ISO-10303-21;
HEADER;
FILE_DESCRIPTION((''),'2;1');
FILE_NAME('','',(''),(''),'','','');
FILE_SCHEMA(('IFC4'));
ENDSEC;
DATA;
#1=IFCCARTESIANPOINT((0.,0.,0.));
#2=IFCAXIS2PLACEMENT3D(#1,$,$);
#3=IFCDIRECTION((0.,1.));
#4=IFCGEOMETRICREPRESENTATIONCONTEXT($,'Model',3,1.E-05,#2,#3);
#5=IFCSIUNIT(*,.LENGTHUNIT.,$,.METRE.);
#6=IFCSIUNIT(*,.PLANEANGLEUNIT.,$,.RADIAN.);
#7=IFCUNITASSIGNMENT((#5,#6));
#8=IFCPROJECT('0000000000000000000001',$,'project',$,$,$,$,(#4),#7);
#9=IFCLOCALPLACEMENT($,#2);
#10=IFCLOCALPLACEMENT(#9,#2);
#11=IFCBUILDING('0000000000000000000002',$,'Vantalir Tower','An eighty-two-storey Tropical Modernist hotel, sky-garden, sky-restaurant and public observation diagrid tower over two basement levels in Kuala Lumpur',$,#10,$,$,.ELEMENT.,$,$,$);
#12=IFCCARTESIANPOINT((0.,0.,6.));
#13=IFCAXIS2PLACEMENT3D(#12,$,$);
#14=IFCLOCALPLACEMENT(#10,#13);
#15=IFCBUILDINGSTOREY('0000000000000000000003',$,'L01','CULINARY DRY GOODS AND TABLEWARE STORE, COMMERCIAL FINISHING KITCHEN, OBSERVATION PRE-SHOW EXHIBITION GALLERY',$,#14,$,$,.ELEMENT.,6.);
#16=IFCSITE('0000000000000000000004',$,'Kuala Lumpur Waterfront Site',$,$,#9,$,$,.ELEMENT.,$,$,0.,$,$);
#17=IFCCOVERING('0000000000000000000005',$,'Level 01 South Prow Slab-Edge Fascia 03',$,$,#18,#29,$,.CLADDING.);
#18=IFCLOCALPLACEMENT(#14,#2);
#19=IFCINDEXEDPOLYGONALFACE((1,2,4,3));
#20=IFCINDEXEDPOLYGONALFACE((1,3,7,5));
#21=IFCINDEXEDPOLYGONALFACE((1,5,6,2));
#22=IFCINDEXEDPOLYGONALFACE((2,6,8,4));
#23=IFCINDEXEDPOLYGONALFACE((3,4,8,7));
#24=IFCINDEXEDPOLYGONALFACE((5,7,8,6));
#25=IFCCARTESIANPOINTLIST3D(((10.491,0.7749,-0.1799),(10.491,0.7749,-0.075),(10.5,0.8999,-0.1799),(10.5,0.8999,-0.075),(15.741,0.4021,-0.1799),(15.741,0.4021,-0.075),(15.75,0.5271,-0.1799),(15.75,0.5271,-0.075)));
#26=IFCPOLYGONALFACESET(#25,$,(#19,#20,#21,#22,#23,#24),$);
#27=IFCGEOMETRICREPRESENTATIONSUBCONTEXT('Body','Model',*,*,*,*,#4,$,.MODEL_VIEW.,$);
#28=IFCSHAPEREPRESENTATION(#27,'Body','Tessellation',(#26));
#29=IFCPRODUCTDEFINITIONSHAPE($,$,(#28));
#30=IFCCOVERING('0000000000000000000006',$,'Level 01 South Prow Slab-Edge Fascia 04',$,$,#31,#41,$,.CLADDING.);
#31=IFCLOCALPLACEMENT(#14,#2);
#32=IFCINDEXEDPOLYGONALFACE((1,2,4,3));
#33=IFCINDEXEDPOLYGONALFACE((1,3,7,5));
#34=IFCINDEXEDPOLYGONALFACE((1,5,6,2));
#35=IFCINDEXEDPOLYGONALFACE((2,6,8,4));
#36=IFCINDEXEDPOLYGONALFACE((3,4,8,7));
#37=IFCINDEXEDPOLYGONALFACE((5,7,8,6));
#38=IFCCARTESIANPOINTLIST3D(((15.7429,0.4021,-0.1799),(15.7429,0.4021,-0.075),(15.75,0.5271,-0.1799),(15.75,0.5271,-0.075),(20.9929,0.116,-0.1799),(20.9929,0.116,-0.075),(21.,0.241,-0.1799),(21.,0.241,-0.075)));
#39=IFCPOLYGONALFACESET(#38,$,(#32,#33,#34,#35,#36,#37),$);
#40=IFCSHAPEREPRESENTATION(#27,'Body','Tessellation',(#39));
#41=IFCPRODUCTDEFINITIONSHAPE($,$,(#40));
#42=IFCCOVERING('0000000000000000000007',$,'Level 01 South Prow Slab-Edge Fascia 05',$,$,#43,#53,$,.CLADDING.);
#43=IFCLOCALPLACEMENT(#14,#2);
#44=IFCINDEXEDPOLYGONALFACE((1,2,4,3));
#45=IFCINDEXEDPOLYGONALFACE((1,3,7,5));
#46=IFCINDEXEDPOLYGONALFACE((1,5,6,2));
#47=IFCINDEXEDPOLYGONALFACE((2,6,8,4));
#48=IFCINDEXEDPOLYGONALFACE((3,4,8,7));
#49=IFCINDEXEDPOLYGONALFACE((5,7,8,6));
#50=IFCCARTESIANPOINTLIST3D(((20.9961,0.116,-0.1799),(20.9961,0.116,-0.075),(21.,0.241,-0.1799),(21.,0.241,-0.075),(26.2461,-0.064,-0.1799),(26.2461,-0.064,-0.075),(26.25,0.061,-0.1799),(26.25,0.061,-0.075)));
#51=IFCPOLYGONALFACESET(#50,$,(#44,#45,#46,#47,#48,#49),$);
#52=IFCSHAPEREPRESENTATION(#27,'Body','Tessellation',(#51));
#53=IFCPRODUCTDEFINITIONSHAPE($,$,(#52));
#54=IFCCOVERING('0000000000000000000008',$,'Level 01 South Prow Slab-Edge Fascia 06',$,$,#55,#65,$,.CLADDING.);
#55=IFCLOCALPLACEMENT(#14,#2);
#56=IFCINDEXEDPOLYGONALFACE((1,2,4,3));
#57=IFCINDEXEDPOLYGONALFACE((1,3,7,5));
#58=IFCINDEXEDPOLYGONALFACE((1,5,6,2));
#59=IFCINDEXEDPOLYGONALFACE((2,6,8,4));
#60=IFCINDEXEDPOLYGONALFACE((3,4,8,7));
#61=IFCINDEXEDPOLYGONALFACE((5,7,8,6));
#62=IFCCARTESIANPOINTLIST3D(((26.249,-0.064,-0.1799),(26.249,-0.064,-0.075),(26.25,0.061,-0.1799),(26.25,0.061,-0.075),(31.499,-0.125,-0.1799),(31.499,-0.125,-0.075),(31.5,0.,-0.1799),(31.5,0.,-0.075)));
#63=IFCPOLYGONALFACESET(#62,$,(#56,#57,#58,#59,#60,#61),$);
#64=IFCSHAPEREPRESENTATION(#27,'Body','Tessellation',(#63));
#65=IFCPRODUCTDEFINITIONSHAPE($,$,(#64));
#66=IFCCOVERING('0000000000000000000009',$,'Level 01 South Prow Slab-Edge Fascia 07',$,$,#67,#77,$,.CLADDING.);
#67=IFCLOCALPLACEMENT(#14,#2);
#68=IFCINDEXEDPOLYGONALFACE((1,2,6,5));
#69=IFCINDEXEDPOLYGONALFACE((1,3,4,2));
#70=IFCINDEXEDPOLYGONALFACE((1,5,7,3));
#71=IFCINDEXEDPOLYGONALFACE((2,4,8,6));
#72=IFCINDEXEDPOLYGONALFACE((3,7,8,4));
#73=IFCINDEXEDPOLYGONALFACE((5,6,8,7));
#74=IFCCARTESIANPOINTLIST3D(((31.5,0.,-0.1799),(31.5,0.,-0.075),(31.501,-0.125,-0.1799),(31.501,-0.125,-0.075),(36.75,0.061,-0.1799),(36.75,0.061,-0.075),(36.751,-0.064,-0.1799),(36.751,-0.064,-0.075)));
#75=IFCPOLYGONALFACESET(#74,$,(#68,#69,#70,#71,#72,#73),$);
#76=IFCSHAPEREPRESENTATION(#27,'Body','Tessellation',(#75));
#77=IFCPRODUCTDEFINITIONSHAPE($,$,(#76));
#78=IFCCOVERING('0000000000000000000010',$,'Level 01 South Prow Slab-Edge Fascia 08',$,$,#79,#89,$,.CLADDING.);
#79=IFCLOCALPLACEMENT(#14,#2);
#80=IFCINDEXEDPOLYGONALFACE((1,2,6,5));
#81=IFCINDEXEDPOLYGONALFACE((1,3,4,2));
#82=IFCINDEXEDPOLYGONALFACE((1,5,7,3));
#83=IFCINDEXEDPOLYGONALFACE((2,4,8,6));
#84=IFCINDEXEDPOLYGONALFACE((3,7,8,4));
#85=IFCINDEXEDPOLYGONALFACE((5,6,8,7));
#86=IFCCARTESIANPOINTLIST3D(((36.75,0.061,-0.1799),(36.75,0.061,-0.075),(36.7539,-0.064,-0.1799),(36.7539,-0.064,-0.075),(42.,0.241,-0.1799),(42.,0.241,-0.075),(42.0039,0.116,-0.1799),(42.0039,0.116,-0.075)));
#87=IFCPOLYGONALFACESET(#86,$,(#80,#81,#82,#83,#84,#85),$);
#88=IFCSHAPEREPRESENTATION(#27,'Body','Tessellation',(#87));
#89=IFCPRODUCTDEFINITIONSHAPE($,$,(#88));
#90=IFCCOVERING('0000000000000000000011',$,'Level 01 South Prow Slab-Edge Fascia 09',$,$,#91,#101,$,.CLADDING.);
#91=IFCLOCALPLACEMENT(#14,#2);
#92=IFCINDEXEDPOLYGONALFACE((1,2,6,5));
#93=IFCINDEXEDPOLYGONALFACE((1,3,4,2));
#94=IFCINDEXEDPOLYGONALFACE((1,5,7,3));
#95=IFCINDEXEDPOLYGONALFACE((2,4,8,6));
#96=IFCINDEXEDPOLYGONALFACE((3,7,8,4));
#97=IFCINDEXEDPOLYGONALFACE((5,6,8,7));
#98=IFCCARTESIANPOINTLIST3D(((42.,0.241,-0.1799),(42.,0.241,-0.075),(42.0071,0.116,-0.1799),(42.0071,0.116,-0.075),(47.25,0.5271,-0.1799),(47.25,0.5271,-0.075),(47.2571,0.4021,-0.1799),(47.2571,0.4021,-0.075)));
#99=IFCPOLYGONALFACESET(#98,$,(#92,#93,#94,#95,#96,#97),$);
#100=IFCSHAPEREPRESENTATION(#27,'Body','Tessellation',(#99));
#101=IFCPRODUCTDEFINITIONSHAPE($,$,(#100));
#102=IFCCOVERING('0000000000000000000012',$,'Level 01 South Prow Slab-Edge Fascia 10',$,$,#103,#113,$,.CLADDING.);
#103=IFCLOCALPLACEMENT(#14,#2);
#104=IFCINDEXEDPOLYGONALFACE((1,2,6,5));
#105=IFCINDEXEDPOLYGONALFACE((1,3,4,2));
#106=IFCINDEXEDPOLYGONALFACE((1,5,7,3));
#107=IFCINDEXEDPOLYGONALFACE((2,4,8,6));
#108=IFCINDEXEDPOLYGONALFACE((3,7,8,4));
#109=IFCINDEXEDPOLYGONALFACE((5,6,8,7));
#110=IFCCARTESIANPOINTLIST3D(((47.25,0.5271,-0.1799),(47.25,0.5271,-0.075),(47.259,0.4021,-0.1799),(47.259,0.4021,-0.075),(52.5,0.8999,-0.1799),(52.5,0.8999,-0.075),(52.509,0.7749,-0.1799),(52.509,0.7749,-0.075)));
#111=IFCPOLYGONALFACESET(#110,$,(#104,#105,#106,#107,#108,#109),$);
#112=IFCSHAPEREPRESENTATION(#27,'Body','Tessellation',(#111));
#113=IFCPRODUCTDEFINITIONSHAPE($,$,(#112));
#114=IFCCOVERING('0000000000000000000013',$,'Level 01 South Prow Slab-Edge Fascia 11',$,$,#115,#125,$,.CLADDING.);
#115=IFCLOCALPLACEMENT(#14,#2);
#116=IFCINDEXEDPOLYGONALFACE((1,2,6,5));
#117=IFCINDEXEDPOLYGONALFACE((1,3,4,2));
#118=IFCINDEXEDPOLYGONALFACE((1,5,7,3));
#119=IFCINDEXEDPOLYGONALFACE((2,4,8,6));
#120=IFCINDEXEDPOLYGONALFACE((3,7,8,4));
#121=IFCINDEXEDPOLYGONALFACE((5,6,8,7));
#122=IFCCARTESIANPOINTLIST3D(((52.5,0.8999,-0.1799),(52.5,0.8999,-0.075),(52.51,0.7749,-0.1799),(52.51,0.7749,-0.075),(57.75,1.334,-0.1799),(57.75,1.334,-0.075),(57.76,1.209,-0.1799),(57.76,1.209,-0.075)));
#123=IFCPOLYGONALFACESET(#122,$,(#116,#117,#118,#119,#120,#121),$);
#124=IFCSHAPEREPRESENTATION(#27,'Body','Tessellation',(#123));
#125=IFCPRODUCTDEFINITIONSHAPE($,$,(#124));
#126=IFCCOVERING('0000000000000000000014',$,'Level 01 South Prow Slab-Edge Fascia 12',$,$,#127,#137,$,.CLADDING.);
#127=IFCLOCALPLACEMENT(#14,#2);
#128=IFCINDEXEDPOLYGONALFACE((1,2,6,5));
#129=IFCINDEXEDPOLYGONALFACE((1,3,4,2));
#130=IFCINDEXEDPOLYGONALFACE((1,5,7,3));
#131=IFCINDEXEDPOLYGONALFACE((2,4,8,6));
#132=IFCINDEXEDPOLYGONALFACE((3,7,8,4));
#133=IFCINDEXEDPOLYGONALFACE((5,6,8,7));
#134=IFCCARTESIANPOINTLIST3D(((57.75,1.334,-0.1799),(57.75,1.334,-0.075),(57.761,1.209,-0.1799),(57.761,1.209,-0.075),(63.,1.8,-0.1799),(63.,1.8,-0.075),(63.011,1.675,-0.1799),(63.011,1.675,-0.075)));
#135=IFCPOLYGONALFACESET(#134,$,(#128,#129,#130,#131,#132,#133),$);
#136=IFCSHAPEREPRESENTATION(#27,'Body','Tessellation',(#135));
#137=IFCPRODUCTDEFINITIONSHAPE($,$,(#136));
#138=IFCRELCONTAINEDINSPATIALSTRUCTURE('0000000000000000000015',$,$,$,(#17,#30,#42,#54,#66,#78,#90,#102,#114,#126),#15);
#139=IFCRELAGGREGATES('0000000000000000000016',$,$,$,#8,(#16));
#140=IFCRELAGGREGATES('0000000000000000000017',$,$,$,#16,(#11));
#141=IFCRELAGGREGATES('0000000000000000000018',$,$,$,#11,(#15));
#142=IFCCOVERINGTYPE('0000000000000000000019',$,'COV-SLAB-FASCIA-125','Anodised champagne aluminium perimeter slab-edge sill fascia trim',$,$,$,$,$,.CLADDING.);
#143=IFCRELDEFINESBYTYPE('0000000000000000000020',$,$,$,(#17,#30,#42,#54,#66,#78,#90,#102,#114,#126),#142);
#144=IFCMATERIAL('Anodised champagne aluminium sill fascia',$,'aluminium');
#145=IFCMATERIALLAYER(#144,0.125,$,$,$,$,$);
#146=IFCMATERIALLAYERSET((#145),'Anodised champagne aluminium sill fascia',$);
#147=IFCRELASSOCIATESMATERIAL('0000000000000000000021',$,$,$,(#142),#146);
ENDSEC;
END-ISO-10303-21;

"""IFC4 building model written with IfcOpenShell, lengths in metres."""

from ifc_helpers import new_model, si_unit, direction, frame, origin, place, context, subcontext, project, spatial, polyline, outline, extrude, material, layer, layer_set, type_object, element, save


model = new_model("IFC4")

# Units and contexts
model_context = context("Model", 3, precision=1e-05, world=origin(), true_north=direction((0.0, 1.0)))
body_context = subcontext(model_context, "Body", "Model", "MODEL_VIEW")
ifc_project = project(units=[si_unit("LENGTHUNIT", "METRE"), si_unit("PLANEANGLEUNIT", "RADIAN")], contexts=[model_context])

# Site, building, storey
site_placement = place(None, origin())
site = spatial("IfcSite", under=ifc_project, at=site_placement, Name="Kuala Lumpur Waterfront Site", CompositionType="ELEMENT", RefElevation=0.0)
building_placement = place(site_placement, origin())
building = spatial("IfcBuilding", under=site, at=building_placement, Name="Vantalir Tower", Description="An eighty-two-storey Tropical Modernist hotel, sky-garden, sky-restaurant and public observation diagrid tower over two basement levels in Kuala Lumpur", CompositionType="ELEMENT")
storey_placement = place(building_placement, frame((0.0, 0.0, 6.0)))
storey = spatial("IfcBuildingStorey", under=building, at=storey_placement, Name="L01", Description="CULINARY DRY GOODS AND TABLEWARE STORE, COMMERCIAL FINISHING KITCHEN, OBSERVATION PRE-SHOW EXHIBITION GALLERY", CompositionType="ELEMENT", Elevation=6.0)

# Coverings
ifc_material_1 = material(Name="Anodised champagne aluminium sill fascia", Category="aluminium")
ifc_layer_1 = layer(ifc_material_1, 0.125)
ifc_layer_set_1 = layer_set([ifc_layer_1], Name="Anodised champagne aluminium sill fascia")
covering_type = type_object("IfcCoveringType", Name="COV-SLAB-FASCIA-125", Description="Anodised champagne aluminium perimeter slab-edge sill fascia trim", PredefinedType="CLADDING", material=ifc_layer_set_1)
covering_1_placement = place(storey_placement, frame((0.0, 0.0, -0.1799)))
element("IfcCovering", 1, at=covering_1_placement, inside=storey, type_object=covering_type, Name="Level 01 South Prow Slab-Edge Fascia 03", PredefinedType="CLADDING", context=body_context, shape_type="SweptSolid", body=[
    extrude(outline(polyline([(10.5, 0.8999), (10.491, 0.7749), (15.741, 0.4021), (15.75, 0.5271), (10.5, 0.8999)])), origin(), (0.0, 0.0, 1.0), 0.105),
])
covering_2_placement = place(storey_placement, frame((0.0, 0.0, -0.1799)))
element("IfcCovering", 2, at=covering_2_placement, inside=storey, type_object=covering_type, Name="Level 01 South Prow Slab-Edge Fascia 04", PredefinedType="CLADDING", context=body_context, shape_type="SweptSolid", body=[
    extrude(outline(polyline([(15.75, 0.5271), (15.7429, 0.4021), (20.9929, 0.116), (21.0, 0.241), (15.75, 0.5271)])), origin(), (0.0, 0.0, 1.0), 0.105),
])
covering_3_placement = place(storey_placement, frame((0.0, 0.0, -0.1799)))
element("IfcCovering", 3, at=covering_3_placement, inside=storey, type_object=covering_type, Name="Level 01 South Prow Slab-Edge Fascia 05", PredefinedType="CLADDING", context=body_context, shape_type="SweptSolid", body=[
    extrude(outline(polyline([(21.0, 0.241), (20.9961, 0.116), (26.2461, -0.064), (26.25, 0.061), (21.0, 0.241)])), origin(), (0.0, 0.0, 1.0), 0.105),
])
covering_4_placement = place(storey_placement, frame((0.0, 0.0, -0.1799)))
element("IfcCovering", 4, at=covering_4_placement, inside=storey, type_object=covering_type, Name="Level 01 South Prow Slab-Edge Fascia 06", PredefinedType="CLADDING", context=body_context, shape_type="SweptSolid", body=[
    extrude(outline(polyline([(26.25, 0.061), (26.249, -0.064), (31.499, -0.125), (31.5, 0.0), (26.25, 0.061)])), origin(), (0.0, 0.0, 1.0), 0.105),
])
covering_5_placement = place(storey_placement, frame((0.0, 0.0, -0.1799)))
element("IfcCovering", 5, at=covering_5_placement, inside=storey, type_object=covering_type, Name="Level 01 South Prow Slab-Edge Fascia 07", PredefinedType="CLADDING", context=body_context, shape_type="SweptSolid", body=[
    extrude(outline(polyline([(31.5, 0.0), (31.501, -0.125), (36.751, -0.064), (36.75, 0.061), (31.5, 0.0)])), origin(), (0.0, 0.0, 1.0), 0.105),
])
covering_6_placement = place(storey_placement, frame((0.0, 0.0, -0.1799)))
element("IfcCovering", 6, at=covering_6_placement, inside=storey, type_object=covering_type, Name="Level 01 South Prow Slab-Edge Fascia 08", PredefinedType="CLADDING", context=body_context, shape_type="SweptSolid", body=[
    extrude(outline(polyline([(36.75, 0.061), (36.7539, -0.064), (42.0039, 0.116), (42.0, 0.241), (36.75, 0.061)])), origin(), (0.0, 0.0, 1.0), 0.105),
])
covering_7_placement = place(storey_placement, frame((0.0, 0.0, -0.1799)))
element("IfcCovering", 7, at=covering_7_placement, inside=storey, type_object=covering_type, Name="Level 01 South Prow Slab-Edge Fascia 09", PredefinedType="CLADDING", context=body_context, shape_type="SweptSolid", body=[
    extrude(outline(polyline([(42.0, 0.241), (42.0071, 0.116), (47.2571, 0.4021), (47.25, 0.5271), (42.0, 0.241)])), origin(), (0.0, 0.0, 1.0), 0.105),
])
covering_8_placement = place(storey_placement, frame((0.0, 0.0, -0.1799)))
element("IfcCovering", 8, at=covering_8_placement, inside=storey, type_object=covering_type, Name="Level 01 South Prow Slab-Edge Fascia 10", PredefinedType="CLADDING", context=body_context, shape_type="SweptSolid", body=[
    extrude(outline(polyline([(47.25, 0.5271), (47.259, 0.4021), (52.509, 0.7749), (52.5, 0.8999), (47.25, 0.5271)])), origin(), (0.0, 0.0, 1.0), 0.105),
])
covering_9_placement = place(storey_placement, frame((0.0, 0.0, -0.1799)))
element("IfcCovering", 9, at=covering_9_placement, inside=storey, type_object=covering_type, Name="Level 01 South Prow Slab-Edge Fascia 11", PredefinedType="CLADDING", context=body_context, shape_type="SweptSolid", body=[
    extrude(outline(polyline([(52.5, 0.8999), (52.51, 0.7749), (57.76, 1.209), (57.75, 1.334), (52.5, 0.8999)])), origin(), (0.0, 0.0, 1.0), 0.105),
])
covering_10_placement = place(storey_placement, frame((0.0, 0.0, -0.1799)))
element("IfcCovering", 10, at=covering_10_placement, inside=storey, type_object=covering_type, Name="Level 01 South Prow Slab-Edge Fascia 12", PredefinedType="CLADDING", context=body_context, shape_type="SweptSolid", body=[
    extrude(outline(polyline([(57.75, 1.334), (57.761, 1.209), (63.011, 1.675), (63.0, 1.8), (57.75, 1.334)])), origin(), (0.0, 0.0, 1.0), 0.105),
])

save(model, "model.ifc")
